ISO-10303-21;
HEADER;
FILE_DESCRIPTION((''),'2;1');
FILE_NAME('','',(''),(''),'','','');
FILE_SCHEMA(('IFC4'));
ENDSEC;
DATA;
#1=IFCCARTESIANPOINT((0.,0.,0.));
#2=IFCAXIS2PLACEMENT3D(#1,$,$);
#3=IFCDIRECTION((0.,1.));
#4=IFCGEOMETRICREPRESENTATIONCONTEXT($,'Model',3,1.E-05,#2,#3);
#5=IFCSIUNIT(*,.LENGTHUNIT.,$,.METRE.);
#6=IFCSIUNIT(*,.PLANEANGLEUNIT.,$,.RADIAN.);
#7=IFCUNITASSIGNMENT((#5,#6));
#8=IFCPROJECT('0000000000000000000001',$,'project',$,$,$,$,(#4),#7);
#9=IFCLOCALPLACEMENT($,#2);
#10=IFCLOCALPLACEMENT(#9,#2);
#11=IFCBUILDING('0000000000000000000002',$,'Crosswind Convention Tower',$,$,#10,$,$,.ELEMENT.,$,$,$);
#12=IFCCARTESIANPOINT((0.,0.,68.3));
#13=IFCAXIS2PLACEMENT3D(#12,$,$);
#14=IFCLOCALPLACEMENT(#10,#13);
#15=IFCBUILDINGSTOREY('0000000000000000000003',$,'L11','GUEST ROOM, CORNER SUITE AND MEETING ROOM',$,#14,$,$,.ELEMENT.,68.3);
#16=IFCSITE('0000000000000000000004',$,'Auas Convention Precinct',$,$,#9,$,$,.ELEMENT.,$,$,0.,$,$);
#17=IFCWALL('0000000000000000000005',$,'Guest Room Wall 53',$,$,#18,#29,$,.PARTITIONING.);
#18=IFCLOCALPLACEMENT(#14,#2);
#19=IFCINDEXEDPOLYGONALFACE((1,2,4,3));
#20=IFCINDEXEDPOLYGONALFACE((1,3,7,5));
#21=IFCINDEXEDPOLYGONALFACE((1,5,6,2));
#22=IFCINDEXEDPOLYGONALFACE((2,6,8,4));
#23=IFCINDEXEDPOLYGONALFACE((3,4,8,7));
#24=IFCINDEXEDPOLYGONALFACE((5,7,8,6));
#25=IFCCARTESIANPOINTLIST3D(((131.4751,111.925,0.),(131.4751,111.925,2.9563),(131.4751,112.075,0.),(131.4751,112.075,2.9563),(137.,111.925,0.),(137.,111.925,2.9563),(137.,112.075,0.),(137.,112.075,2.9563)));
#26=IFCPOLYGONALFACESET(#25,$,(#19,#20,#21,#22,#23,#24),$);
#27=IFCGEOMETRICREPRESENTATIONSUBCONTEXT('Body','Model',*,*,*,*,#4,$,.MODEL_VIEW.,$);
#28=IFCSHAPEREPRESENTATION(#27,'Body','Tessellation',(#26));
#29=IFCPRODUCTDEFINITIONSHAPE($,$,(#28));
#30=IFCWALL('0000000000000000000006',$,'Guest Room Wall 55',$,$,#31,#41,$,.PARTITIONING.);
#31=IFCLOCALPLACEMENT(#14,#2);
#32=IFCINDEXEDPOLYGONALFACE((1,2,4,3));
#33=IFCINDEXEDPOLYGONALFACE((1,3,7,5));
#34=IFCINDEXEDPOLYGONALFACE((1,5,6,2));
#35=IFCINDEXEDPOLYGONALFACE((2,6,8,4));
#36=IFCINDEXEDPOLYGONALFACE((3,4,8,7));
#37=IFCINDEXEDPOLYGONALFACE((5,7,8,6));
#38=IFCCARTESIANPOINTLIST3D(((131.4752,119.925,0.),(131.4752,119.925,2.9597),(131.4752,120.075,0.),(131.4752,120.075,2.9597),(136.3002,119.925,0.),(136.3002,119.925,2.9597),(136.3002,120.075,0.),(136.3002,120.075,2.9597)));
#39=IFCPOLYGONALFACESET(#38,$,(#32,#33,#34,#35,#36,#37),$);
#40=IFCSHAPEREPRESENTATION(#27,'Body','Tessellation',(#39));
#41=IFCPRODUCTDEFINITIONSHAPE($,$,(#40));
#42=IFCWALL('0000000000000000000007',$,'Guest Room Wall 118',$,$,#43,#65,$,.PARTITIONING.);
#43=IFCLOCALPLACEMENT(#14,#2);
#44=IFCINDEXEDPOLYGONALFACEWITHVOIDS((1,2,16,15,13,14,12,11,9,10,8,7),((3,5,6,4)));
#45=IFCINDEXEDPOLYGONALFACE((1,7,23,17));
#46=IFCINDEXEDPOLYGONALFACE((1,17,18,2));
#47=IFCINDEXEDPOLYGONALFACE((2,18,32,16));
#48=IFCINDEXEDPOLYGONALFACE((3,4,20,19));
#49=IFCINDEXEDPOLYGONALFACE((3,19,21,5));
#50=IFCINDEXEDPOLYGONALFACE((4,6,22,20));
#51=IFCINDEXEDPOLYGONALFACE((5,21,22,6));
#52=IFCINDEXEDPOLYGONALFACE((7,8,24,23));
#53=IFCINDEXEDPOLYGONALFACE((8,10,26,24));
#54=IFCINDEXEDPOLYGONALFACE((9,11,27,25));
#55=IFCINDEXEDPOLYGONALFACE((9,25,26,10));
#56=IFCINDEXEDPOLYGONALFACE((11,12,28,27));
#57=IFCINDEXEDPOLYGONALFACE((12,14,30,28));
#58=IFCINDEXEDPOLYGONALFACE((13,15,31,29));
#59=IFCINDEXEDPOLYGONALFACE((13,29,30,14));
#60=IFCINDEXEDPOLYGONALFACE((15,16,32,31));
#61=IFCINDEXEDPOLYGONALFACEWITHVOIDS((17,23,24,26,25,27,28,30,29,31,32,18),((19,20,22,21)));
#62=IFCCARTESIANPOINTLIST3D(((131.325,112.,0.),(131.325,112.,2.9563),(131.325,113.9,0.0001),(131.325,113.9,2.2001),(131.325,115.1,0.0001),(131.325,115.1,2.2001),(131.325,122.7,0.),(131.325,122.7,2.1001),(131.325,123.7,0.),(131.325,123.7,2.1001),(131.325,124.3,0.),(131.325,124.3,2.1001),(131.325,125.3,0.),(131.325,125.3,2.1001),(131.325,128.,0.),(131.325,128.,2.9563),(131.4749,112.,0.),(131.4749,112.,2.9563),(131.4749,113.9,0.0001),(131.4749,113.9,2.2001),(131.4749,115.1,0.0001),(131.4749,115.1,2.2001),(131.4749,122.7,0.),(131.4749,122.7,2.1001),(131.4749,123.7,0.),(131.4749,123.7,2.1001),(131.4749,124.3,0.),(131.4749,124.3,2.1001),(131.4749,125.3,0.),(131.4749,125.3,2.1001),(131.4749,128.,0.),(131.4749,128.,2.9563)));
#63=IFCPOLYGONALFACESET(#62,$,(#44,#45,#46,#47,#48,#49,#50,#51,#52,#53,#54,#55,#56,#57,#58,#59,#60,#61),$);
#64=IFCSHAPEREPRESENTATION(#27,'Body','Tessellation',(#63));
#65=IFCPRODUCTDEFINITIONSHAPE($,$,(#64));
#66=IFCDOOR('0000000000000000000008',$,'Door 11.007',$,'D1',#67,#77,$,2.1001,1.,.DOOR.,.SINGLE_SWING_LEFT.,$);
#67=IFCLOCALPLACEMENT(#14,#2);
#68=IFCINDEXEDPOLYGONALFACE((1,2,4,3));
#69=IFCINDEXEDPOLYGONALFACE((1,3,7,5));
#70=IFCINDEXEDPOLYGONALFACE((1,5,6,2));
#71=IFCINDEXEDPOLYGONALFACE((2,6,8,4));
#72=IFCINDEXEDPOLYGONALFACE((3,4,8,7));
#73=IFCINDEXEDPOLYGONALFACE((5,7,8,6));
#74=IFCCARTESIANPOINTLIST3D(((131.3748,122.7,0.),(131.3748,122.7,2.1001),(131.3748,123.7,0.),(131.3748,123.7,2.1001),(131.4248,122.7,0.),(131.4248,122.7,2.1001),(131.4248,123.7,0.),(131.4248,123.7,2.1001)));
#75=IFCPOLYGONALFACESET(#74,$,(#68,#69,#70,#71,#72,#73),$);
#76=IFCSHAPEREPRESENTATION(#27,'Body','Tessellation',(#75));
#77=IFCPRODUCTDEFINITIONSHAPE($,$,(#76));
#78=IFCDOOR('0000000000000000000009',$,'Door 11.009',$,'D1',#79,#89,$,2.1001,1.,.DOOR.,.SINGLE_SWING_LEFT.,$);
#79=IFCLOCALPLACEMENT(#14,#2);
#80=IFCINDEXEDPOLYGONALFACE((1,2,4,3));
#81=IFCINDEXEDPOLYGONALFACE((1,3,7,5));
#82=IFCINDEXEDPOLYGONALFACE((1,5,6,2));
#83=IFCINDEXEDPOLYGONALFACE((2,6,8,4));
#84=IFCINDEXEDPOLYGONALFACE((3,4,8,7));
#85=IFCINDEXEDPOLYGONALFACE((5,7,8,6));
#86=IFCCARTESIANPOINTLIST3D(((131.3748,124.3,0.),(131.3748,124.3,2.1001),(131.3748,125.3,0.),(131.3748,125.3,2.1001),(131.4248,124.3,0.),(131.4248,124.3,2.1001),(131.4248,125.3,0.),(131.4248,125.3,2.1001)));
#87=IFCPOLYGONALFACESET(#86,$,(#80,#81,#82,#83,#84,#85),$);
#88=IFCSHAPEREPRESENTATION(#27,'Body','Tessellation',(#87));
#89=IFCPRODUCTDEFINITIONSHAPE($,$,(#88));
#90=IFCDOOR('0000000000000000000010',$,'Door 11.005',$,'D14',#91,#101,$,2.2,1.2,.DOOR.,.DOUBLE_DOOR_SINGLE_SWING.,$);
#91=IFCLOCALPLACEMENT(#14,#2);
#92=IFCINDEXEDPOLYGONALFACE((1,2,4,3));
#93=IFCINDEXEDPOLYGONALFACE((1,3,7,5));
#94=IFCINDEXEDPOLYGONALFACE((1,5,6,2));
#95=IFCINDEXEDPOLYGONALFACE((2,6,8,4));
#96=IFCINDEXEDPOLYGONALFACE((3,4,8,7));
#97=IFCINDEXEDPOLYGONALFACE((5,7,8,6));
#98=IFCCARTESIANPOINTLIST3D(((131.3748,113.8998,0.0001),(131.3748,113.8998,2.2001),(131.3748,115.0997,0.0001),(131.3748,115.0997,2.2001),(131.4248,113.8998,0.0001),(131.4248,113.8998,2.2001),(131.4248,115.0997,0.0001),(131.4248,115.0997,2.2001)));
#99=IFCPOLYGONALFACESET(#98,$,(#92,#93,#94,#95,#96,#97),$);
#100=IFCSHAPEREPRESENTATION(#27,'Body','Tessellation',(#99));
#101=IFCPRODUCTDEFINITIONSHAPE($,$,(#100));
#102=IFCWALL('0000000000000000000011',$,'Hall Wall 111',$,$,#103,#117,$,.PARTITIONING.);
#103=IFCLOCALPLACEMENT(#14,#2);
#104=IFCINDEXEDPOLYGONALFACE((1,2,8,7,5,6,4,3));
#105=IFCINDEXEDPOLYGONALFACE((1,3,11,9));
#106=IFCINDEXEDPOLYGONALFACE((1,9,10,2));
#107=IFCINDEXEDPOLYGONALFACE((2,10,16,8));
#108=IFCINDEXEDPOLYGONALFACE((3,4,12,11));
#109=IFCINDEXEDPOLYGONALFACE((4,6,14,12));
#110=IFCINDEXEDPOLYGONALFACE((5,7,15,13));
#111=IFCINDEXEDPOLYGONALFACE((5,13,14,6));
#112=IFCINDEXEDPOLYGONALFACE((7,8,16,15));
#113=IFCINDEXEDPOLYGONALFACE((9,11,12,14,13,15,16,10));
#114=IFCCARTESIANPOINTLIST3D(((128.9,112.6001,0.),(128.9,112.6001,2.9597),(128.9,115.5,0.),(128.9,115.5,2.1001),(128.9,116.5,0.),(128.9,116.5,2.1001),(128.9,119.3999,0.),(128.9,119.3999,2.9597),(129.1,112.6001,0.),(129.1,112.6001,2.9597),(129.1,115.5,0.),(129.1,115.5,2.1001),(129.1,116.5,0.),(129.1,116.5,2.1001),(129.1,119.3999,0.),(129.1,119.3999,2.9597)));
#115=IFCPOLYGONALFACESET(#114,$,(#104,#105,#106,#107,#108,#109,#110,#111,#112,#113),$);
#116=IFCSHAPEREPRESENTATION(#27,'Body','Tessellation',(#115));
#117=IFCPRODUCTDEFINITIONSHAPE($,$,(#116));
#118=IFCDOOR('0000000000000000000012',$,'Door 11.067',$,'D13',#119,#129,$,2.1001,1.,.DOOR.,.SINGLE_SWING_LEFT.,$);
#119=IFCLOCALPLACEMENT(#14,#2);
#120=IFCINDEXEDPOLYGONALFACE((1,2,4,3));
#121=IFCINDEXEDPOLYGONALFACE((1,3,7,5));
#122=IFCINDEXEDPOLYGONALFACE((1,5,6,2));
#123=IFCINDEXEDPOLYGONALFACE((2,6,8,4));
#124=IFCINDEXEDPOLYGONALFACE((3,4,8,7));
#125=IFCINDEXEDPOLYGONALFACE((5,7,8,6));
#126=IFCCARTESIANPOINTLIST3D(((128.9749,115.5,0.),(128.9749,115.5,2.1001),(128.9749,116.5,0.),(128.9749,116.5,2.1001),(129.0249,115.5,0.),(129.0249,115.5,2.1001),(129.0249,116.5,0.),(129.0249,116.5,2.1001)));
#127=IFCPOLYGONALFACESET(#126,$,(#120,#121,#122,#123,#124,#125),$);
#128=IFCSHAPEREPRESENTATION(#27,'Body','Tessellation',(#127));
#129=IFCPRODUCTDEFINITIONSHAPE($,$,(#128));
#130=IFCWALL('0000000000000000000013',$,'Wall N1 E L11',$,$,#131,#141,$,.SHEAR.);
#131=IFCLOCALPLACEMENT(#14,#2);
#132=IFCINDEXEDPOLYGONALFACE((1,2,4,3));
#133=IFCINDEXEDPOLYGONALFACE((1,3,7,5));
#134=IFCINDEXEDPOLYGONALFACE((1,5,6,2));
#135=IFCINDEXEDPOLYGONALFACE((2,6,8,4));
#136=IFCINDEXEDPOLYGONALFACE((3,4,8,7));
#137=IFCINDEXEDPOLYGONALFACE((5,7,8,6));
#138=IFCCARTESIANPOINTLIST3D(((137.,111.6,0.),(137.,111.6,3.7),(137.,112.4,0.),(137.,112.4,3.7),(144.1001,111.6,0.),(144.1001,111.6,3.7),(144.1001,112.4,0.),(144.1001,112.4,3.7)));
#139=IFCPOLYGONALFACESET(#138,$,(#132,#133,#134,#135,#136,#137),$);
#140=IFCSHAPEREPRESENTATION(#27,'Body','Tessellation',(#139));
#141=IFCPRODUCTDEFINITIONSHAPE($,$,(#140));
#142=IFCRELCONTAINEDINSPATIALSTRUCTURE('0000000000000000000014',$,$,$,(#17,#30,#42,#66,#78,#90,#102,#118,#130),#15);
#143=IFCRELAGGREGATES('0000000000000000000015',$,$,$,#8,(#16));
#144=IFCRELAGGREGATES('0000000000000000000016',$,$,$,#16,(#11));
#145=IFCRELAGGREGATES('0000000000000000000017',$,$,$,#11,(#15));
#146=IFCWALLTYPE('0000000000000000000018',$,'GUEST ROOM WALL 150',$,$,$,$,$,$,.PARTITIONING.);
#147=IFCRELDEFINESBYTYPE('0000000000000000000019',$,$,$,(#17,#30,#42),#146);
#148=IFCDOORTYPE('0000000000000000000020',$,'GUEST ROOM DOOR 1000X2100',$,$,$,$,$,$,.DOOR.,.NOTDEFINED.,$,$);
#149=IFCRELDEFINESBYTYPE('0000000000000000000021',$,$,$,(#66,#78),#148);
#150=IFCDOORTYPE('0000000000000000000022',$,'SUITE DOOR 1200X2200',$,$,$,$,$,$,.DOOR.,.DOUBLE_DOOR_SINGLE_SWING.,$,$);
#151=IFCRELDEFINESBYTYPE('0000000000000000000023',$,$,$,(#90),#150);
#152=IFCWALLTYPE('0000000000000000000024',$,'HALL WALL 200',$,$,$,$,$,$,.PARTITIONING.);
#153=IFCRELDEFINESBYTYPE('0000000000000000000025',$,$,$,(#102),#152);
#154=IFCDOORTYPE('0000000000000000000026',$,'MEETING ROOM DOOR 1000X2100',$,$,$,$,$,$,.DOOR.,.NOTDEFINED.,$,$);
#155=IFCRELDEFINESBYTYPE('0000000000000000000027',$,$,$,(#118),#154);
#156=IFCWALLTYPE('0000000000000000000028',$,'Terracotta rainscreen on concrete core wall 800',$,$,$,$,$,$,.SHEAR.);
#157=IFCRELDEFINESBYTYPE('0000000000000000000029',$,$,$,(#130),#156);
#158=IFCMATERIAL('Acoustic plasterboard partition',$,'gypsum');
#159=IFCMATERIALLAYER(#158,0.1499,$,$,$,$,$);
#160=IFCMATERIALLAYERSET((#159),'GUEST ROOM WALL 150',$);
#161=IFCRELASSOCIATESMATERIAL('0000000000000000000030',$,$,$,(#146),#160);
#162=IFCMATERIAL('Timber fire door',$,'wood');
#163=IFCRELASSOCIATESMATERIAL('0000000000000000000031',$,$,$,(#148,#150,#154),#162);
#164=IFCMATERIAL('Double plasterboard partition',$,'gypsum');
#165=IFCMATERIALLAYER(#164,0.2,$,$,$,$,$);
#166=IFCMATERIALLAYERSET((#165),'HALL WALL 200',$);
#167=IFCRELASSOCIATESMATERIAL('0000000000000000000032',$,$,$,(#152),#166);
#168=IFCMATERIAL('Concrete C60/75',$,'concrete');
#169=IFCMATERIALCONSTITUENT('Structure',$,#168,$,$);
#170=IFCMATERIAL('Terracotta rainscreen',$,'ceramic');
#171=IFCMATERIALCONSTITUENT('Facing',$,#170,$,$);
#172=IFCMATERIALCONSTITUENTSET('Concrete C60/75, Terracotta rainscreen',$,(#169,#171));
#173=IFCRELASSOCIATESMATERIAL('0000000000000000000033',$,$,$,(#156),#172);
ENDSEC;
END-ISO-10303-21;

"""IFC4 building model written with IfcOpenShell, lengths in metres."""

from ifc_helpers import new_model, si_unit, direction, frame, frame_2d, origin, place, context, subcontext, project, spatial, rectangle, extrude, material, layer, layer_set, constituent, constituent_set, type_object, element, fill, save


model = new_model("IFC4")

# Units and contexts
model_context = context("Model", 3, precision=1e-05, world=origin(), true_north=direction((0.0, 1.0)))
body_context = subcontext(model_context, "Body", "Model", "MODEL_VIEW")
ifc_project = project(units=[si_unit("LENGTHUNIT", "METRE"), si_unit("PLANEANGLEUNIT", "RADIAN")], contexts=[model_context])

# Site, building, storey
site_placement = place(None, origin())
site = spatial("IfcSite", under=ifc_project, at=site_placement, Name="Auas Convention Precinct", CompositionType="ELEMENT", RefElevation=0.0)
building_placement = place(site_placement, origin())
building = spatial("IfcBuilding", under=site, at=building_placement, Name="Crosswind Convention Tower", CompositionType="ELEMENT")
storey_placement = place(building_placement, frame((0.0, 0.0, 68.3)))
storey = spatial("IfcBuildingStorey", under=building, at=storey_placement, Name="L11", Description="GUEST ROOM, CORNER SUITE AND MEETING ROOM", CompositionType="ELEMENT", Elevation=68.3)

# Walls
ifc_material_1 = material(Name="Acoustic plasterboard partition", Category="gypsum")
ifc_layer_1 = layer(ifc_material_1, 0.1499)
ifc_layer_set_1 = layer_set([ifc_layer_1], Name="GUEST ROOM WALL 150")
wall_type_1 = type_object("IfcWallType", Name="GUEST ROOM WALL 150", PredefinedType="PARTITIONING", material=ifc_layer_set_1)
wall_1_placement = place(storey_placement, frame((131.4751, 112.0, 0.0), z_axis=(0.0, 0.0, 1.0), x_axis=(1.0, 0.0, 0.0)))
element("IfcWall", 1, at=wall_1_placement, inside=storey, type_object=wall_type_1, Name="Guest Room Wall 53", PredefinedType="PARTITIONING", context=body_context, shape_type="SweptSolid", body=[
    extrude(rectangle(XDim=5.5249, YDim=0.1499, at=frame_2d((2.7625, 0.0))), origin(), (0.0, 0.0, 1.0), 2.9563),
])
wall_2_placement = place(storey_placement, frame((131.4751, 120.0, 0.0), z_axis=(0.0, 0.0, 1.0), x_axis=(1.0, 0.0, 0.0)))
element("IfcWall", 2, at=wall_2_placement, inside=storey, type_object=wall_type_1, Name="Guest Room Wall 55", PredefinedType="PARTITIONING", context=body_context, shape_type="SweptSolid", body=[
    extrude(rectangle(XDim=4.825, YDim=0.1499, at=frame_2d((2.4126, 0.0))), origin(), (0.0, 0.0, 1.0), 2.9597),
])

# Wall, openings, doors
wall_3_placement = place(storey_placement, frame((131.3999, 112.0, 0.0), z_axis=(0.0, 0.0, 1.0), x_axis=(0.0, 1.0, 0.0)))
wall_3 = element("IfcWall", 3, at=wall_3_placement, inside=storey, type_object=wall_type_1, Name="Guest Room Wall 118", PredefinedType="PARTITIONING", context=body_context, shape_type="SweptSolid", body=[
    extrude(rectangle(XDim=16.0, YDim=0.1499, at=frame_2d((8.0, 0.0))), origin(), (0.0, 0.0, 1.0), 2.9563),
])
opening_1_placement = place(wall_3_placement, frame((1.8999, 0.0, 0.0)))
opening_1 = element("IfcOpeningElement", 4, at=opening_1_placement, cuts=wall_3, PredefinedType="OPENING", context=body_context, shape_type="SweptSolid", body=[
    extrude(rectangle(XDim=1.2, YDim=2.2, at=frame_2d((0.6001, 1.1001))), frame((0.0, 0.085, 0.0), z_axis=(0.0, -1.0, 0.0), x_axis=(1.0, 0.0, 0.0)), (0.0, 0.0, 1.0), 0.1699),
])
opening_2_placement = place(wall_3_placement, frame((10.7, 0.0, 0.0)))
opening_2 = element("IfcOpeningElement", 5, at=opening_2_placement, cuts=wall_3, PredefinedType="OPENING", context=body_context, shape_type="SweptSolid", body=[
    extrude(rectangle(XDim=1.0, YDim=2.1001, at=frame_2d((0.5, 1.05))), frame((0.0, 0.085, 0.0), z_axis=(0.0, -1.0, 0.0), x_axis=(1.0, 0.0, 0.0)), (0.0, 0.0, 1.0), 0.1699),
])
opening_3_placement = place(wall_3_placement, frame((12.3, 0.0, 0.0)))
opening_3 = element("IfcOpeningElement", 6, at=opening_3_placement, cuts=wall_3, PredefinedType="OPENING", context=body_context, shape_type="SweptSolid", body=[
    extrude(rectangle(XDim=1.0, YDim=2.1001, at=frame_2d((0.5, 1.05))), frame((0.0, 0.085, 0.0), z_axis=(0.0, -1.0, 0.0), x_axis=(1.0, 0.0, 0.0)), (0.0, 0.0, 1.0), 0.1699),
])
ifc_material_2 = material(Name="Timber fire door", Category="wood")
door_type_1 = type_object("IfcDoorType", Name="GUEST ROOM DOOR 1000X2100", OperationType="NOTDEFINED", PredefinedType="DOOR", material=ifc_material_2)
door_1_placement = place(opening_2_placement, frame((1.0, 0.0, 0.0), z_axis=(0.0, 0.0, 1.0), x_axis=(-1.0, 0.0, 0.0)))
door_1 = element("IfcDoor", 7, at=door_1_placement, inside=storey, type_object=door_type_1, Name="Door 11.007", ObjectType="D1", OperationType="SINGLE_SWING_LEFT", OverallHeight=2.1001, OverallWidth=1.0, PredefinedType="DOOR", context=body_context, shape_type="SweptSolid", body=[
    extrude(rectangle(XDim=1.0, YDim=2.1001, at=frame_2d((0.5, 1.05))), frame((0.0, 0.0249, 0.0), z_axis=(0.0, -1.0, 0.0), x_axis=(1.0, 0.0, 0.0)), (0.0, 0.0, 1.0), 0.05),
])
fill(opening_2, door_1)
door_2_placement = place(opening_3_placement, frame((1.0, 0.0, 0.0), z_axis=(0.0, 0.0, 1.0), x_axis=(-1.0, 0.0, 0.0)))
door_2 = element("IfcDoor", 8, at=door_2_placement, inside=storey, type_object=door_type_1, Name="Door 11.009", ObjectType="D1", OperationType="SINGLE_SWING_LEFT", OverallHeight=2.1001, OverallWidth=1.0, PredefinedType="DOOR", context=body_context, shape_type="SweptSolid", body=[
    extrude(rectangle(XDim=1.0, YDim=2.1001, at=frame_2d((0.5, 1.05))), frame((0.0, 0.0249, 0.0), z_axis=(0.0, -1.0, 0.0), x_axis=(1.0, 0.0, 0.0)), (0.0, 0.0, 1.0), 0.05),
])
fill(opening_3, door_2)
door_type_2 = type_object("IfcDoorType", Name="SUITE DOOR 1200X2200", OperationType="DOUBLE_DOOR_SINGLE_SWING", PredefinedType="DOOR", material=ifc_material_2)
door_3_placement = place(opening_1_placement, frame((1.2, 0.0, 0.0), z_axis=(0.0, 0.0, 1.0), x_axis=(-1.0, 0.0, 0.0)))
door_3 = element("IfcDoor", 9, at=door_3_placement, inside=storey, type_object=door_type_2, Name="Door 11.005", ObjectType="D14", OperationType="DOUBLE_DOOR_SINGLE_SWING", OverallHeight=2.2, OverallWidth=1.2, PredefinedType="DOOR", context=body_context, shape_type="SweptSolid", body=[
    extrude(rectangle(XDim=1.2, YDim=2.2, at=frame_2d((0.6001, 1.1001))), frame((0.0, 0.0249, 0.0), z_axis=(0.0, -1.0, 0.0), x_axis=(1.0, 0.0, 0.0)), (0.0, 0.0, 1.0), 0.05),
])
fill(opening_1, door_3)

# Wall, opening, door
ifc_material_3 = material(Name="Double plasterboard partition", Category="gypsum")
ifc_layer_2 = layer(ifc_material_3, 0.2)
ifc_layer_set_2 = layer_set([ifc_layer_2], Name="HALL WALL 200")
wall_type_2 = type_object("IfcWallType", Name="HALL WALL 200", PredefinedType="PARTITIONING", material=ifc_layer_set_2)
wall_4_placement = place(storey_placement, frame((129.0, 112.6001, 0.0), z_axis=(0.0, 0.0, 1.0), x_axis=(0.0, 1.0, 0.0)))
wall_4 = element("IfcWall", 10, at=wall_4_placement, inside=storey, type_object=wall_type_2, Name="Hall Wall 111", PredefinedType="PARTITIONING", context=body_context, shape_type="SweptSolid", body=[
    extrude(rectangle(XDim=6.7998, YDim=0.2, at=frame_2d((3.3999, 0.0))), origin(), (0.0, 0.0, 1.0), 2.9597),
])
opening_4_placement = place(wall_4_placement, frame((2.8999, 0.0, 0.0)))
opening_4 = element("IfcOpeningElement", 11, at=opening_4_placement, cuts=wall_4, PredefinedType="OPENING", context=body_context, shape_type="SweptSolid", body=[
    extrude(rectangle(XDim=1.0, YDim=2.1001, at=frame_2d((0.5, 1.05))), frame((0.0, 0.1099, 0.0), z_axis=(0.0, -1.0, 0.0), x_axis=(1.0, 0.0, 0.0)), (0.0, 0.0, 1.0), 0.22),
])
door_type_3 = type_object("IfcDoorType", Name="MEETING ROOM DOOR 1000X2100", OperationType="NOTDEFINED", PredefinedType="DOOR", material=ifc_material_2)
door_4_placement = place(opening_4_placement, frame((1.0, 0.0, 0.0), z_axis=(0.0, 0.0, 1.0), x_axis=(-1.0, 0.0, 0.0)))
door_4 = element("IfcDoor", 12, at=door_4_placement, inside=storey, type_object=door_type_3, Name="Door 11.067", ObjectType="D13", OperationType="SINGLE_SWING_LEFT", OverallHeight=2.1001, OverallWidth=1.0, PredefinedType="DOOR", context=body_context, shape_type="SweptSolid", body=[
    extrude(rectangle(XDim=1.0, YDim=2.1001, at=frame_2d((0.5, 1.05))), frame((0.0, 0.0249, 0.0), z_axis=(0.0, -1.0, 0.0), x_axis=(1.0, 0.0, 0.0)), (0.0, 0.0, 1.0), 0.05),
])
fill(opening_4, door_4)

# Wall
ifc_material_4 = material(Name="Concrete C60/75", Category="concrete")
ifc_constituent_1 = constituent(ifc_material_4, Name="Structure")
ifc_material_5 = material(Name="Terracotta rainscreen", Category="ceramic")
ifc_constituent_2 = constituent(ifc_material_5, Name="Facing")
ifc_constituent_set = constituent_set(constituents=[ifc_constituent_1, ifc_constituent_2], Name="Concrete C60/75, Terracotta rainscreen")
wall_type_3 = type_object("IfcWallType", Name="Terracotta rainscreen on concrete core wall 800", PredefinedType="SHEAR", material=ifc_constituent_set)
wall_5_placement = place(storey_placement, frame((137.0, 112.0, 0.0), z_axis=(0.0, 0.0, 1.0), x_axis=(1.0, 0.0, 0.0)))
element("IfcWall", 13, at=wall_5_placement, inside=storey, type_object=wall_type_3, Name="Wall N1 E L11", PredefinedType="SHEAR", context=body_context, shape_type="SweptSolid", body=[
    extrude(rectangle(XDim=7.1001, YDim=0.8, at=frame_2d((3.55, 0.0))), origin(), (0.0, 0.0, 1.0), 3.7),
])

save(model, "model.ifc")
